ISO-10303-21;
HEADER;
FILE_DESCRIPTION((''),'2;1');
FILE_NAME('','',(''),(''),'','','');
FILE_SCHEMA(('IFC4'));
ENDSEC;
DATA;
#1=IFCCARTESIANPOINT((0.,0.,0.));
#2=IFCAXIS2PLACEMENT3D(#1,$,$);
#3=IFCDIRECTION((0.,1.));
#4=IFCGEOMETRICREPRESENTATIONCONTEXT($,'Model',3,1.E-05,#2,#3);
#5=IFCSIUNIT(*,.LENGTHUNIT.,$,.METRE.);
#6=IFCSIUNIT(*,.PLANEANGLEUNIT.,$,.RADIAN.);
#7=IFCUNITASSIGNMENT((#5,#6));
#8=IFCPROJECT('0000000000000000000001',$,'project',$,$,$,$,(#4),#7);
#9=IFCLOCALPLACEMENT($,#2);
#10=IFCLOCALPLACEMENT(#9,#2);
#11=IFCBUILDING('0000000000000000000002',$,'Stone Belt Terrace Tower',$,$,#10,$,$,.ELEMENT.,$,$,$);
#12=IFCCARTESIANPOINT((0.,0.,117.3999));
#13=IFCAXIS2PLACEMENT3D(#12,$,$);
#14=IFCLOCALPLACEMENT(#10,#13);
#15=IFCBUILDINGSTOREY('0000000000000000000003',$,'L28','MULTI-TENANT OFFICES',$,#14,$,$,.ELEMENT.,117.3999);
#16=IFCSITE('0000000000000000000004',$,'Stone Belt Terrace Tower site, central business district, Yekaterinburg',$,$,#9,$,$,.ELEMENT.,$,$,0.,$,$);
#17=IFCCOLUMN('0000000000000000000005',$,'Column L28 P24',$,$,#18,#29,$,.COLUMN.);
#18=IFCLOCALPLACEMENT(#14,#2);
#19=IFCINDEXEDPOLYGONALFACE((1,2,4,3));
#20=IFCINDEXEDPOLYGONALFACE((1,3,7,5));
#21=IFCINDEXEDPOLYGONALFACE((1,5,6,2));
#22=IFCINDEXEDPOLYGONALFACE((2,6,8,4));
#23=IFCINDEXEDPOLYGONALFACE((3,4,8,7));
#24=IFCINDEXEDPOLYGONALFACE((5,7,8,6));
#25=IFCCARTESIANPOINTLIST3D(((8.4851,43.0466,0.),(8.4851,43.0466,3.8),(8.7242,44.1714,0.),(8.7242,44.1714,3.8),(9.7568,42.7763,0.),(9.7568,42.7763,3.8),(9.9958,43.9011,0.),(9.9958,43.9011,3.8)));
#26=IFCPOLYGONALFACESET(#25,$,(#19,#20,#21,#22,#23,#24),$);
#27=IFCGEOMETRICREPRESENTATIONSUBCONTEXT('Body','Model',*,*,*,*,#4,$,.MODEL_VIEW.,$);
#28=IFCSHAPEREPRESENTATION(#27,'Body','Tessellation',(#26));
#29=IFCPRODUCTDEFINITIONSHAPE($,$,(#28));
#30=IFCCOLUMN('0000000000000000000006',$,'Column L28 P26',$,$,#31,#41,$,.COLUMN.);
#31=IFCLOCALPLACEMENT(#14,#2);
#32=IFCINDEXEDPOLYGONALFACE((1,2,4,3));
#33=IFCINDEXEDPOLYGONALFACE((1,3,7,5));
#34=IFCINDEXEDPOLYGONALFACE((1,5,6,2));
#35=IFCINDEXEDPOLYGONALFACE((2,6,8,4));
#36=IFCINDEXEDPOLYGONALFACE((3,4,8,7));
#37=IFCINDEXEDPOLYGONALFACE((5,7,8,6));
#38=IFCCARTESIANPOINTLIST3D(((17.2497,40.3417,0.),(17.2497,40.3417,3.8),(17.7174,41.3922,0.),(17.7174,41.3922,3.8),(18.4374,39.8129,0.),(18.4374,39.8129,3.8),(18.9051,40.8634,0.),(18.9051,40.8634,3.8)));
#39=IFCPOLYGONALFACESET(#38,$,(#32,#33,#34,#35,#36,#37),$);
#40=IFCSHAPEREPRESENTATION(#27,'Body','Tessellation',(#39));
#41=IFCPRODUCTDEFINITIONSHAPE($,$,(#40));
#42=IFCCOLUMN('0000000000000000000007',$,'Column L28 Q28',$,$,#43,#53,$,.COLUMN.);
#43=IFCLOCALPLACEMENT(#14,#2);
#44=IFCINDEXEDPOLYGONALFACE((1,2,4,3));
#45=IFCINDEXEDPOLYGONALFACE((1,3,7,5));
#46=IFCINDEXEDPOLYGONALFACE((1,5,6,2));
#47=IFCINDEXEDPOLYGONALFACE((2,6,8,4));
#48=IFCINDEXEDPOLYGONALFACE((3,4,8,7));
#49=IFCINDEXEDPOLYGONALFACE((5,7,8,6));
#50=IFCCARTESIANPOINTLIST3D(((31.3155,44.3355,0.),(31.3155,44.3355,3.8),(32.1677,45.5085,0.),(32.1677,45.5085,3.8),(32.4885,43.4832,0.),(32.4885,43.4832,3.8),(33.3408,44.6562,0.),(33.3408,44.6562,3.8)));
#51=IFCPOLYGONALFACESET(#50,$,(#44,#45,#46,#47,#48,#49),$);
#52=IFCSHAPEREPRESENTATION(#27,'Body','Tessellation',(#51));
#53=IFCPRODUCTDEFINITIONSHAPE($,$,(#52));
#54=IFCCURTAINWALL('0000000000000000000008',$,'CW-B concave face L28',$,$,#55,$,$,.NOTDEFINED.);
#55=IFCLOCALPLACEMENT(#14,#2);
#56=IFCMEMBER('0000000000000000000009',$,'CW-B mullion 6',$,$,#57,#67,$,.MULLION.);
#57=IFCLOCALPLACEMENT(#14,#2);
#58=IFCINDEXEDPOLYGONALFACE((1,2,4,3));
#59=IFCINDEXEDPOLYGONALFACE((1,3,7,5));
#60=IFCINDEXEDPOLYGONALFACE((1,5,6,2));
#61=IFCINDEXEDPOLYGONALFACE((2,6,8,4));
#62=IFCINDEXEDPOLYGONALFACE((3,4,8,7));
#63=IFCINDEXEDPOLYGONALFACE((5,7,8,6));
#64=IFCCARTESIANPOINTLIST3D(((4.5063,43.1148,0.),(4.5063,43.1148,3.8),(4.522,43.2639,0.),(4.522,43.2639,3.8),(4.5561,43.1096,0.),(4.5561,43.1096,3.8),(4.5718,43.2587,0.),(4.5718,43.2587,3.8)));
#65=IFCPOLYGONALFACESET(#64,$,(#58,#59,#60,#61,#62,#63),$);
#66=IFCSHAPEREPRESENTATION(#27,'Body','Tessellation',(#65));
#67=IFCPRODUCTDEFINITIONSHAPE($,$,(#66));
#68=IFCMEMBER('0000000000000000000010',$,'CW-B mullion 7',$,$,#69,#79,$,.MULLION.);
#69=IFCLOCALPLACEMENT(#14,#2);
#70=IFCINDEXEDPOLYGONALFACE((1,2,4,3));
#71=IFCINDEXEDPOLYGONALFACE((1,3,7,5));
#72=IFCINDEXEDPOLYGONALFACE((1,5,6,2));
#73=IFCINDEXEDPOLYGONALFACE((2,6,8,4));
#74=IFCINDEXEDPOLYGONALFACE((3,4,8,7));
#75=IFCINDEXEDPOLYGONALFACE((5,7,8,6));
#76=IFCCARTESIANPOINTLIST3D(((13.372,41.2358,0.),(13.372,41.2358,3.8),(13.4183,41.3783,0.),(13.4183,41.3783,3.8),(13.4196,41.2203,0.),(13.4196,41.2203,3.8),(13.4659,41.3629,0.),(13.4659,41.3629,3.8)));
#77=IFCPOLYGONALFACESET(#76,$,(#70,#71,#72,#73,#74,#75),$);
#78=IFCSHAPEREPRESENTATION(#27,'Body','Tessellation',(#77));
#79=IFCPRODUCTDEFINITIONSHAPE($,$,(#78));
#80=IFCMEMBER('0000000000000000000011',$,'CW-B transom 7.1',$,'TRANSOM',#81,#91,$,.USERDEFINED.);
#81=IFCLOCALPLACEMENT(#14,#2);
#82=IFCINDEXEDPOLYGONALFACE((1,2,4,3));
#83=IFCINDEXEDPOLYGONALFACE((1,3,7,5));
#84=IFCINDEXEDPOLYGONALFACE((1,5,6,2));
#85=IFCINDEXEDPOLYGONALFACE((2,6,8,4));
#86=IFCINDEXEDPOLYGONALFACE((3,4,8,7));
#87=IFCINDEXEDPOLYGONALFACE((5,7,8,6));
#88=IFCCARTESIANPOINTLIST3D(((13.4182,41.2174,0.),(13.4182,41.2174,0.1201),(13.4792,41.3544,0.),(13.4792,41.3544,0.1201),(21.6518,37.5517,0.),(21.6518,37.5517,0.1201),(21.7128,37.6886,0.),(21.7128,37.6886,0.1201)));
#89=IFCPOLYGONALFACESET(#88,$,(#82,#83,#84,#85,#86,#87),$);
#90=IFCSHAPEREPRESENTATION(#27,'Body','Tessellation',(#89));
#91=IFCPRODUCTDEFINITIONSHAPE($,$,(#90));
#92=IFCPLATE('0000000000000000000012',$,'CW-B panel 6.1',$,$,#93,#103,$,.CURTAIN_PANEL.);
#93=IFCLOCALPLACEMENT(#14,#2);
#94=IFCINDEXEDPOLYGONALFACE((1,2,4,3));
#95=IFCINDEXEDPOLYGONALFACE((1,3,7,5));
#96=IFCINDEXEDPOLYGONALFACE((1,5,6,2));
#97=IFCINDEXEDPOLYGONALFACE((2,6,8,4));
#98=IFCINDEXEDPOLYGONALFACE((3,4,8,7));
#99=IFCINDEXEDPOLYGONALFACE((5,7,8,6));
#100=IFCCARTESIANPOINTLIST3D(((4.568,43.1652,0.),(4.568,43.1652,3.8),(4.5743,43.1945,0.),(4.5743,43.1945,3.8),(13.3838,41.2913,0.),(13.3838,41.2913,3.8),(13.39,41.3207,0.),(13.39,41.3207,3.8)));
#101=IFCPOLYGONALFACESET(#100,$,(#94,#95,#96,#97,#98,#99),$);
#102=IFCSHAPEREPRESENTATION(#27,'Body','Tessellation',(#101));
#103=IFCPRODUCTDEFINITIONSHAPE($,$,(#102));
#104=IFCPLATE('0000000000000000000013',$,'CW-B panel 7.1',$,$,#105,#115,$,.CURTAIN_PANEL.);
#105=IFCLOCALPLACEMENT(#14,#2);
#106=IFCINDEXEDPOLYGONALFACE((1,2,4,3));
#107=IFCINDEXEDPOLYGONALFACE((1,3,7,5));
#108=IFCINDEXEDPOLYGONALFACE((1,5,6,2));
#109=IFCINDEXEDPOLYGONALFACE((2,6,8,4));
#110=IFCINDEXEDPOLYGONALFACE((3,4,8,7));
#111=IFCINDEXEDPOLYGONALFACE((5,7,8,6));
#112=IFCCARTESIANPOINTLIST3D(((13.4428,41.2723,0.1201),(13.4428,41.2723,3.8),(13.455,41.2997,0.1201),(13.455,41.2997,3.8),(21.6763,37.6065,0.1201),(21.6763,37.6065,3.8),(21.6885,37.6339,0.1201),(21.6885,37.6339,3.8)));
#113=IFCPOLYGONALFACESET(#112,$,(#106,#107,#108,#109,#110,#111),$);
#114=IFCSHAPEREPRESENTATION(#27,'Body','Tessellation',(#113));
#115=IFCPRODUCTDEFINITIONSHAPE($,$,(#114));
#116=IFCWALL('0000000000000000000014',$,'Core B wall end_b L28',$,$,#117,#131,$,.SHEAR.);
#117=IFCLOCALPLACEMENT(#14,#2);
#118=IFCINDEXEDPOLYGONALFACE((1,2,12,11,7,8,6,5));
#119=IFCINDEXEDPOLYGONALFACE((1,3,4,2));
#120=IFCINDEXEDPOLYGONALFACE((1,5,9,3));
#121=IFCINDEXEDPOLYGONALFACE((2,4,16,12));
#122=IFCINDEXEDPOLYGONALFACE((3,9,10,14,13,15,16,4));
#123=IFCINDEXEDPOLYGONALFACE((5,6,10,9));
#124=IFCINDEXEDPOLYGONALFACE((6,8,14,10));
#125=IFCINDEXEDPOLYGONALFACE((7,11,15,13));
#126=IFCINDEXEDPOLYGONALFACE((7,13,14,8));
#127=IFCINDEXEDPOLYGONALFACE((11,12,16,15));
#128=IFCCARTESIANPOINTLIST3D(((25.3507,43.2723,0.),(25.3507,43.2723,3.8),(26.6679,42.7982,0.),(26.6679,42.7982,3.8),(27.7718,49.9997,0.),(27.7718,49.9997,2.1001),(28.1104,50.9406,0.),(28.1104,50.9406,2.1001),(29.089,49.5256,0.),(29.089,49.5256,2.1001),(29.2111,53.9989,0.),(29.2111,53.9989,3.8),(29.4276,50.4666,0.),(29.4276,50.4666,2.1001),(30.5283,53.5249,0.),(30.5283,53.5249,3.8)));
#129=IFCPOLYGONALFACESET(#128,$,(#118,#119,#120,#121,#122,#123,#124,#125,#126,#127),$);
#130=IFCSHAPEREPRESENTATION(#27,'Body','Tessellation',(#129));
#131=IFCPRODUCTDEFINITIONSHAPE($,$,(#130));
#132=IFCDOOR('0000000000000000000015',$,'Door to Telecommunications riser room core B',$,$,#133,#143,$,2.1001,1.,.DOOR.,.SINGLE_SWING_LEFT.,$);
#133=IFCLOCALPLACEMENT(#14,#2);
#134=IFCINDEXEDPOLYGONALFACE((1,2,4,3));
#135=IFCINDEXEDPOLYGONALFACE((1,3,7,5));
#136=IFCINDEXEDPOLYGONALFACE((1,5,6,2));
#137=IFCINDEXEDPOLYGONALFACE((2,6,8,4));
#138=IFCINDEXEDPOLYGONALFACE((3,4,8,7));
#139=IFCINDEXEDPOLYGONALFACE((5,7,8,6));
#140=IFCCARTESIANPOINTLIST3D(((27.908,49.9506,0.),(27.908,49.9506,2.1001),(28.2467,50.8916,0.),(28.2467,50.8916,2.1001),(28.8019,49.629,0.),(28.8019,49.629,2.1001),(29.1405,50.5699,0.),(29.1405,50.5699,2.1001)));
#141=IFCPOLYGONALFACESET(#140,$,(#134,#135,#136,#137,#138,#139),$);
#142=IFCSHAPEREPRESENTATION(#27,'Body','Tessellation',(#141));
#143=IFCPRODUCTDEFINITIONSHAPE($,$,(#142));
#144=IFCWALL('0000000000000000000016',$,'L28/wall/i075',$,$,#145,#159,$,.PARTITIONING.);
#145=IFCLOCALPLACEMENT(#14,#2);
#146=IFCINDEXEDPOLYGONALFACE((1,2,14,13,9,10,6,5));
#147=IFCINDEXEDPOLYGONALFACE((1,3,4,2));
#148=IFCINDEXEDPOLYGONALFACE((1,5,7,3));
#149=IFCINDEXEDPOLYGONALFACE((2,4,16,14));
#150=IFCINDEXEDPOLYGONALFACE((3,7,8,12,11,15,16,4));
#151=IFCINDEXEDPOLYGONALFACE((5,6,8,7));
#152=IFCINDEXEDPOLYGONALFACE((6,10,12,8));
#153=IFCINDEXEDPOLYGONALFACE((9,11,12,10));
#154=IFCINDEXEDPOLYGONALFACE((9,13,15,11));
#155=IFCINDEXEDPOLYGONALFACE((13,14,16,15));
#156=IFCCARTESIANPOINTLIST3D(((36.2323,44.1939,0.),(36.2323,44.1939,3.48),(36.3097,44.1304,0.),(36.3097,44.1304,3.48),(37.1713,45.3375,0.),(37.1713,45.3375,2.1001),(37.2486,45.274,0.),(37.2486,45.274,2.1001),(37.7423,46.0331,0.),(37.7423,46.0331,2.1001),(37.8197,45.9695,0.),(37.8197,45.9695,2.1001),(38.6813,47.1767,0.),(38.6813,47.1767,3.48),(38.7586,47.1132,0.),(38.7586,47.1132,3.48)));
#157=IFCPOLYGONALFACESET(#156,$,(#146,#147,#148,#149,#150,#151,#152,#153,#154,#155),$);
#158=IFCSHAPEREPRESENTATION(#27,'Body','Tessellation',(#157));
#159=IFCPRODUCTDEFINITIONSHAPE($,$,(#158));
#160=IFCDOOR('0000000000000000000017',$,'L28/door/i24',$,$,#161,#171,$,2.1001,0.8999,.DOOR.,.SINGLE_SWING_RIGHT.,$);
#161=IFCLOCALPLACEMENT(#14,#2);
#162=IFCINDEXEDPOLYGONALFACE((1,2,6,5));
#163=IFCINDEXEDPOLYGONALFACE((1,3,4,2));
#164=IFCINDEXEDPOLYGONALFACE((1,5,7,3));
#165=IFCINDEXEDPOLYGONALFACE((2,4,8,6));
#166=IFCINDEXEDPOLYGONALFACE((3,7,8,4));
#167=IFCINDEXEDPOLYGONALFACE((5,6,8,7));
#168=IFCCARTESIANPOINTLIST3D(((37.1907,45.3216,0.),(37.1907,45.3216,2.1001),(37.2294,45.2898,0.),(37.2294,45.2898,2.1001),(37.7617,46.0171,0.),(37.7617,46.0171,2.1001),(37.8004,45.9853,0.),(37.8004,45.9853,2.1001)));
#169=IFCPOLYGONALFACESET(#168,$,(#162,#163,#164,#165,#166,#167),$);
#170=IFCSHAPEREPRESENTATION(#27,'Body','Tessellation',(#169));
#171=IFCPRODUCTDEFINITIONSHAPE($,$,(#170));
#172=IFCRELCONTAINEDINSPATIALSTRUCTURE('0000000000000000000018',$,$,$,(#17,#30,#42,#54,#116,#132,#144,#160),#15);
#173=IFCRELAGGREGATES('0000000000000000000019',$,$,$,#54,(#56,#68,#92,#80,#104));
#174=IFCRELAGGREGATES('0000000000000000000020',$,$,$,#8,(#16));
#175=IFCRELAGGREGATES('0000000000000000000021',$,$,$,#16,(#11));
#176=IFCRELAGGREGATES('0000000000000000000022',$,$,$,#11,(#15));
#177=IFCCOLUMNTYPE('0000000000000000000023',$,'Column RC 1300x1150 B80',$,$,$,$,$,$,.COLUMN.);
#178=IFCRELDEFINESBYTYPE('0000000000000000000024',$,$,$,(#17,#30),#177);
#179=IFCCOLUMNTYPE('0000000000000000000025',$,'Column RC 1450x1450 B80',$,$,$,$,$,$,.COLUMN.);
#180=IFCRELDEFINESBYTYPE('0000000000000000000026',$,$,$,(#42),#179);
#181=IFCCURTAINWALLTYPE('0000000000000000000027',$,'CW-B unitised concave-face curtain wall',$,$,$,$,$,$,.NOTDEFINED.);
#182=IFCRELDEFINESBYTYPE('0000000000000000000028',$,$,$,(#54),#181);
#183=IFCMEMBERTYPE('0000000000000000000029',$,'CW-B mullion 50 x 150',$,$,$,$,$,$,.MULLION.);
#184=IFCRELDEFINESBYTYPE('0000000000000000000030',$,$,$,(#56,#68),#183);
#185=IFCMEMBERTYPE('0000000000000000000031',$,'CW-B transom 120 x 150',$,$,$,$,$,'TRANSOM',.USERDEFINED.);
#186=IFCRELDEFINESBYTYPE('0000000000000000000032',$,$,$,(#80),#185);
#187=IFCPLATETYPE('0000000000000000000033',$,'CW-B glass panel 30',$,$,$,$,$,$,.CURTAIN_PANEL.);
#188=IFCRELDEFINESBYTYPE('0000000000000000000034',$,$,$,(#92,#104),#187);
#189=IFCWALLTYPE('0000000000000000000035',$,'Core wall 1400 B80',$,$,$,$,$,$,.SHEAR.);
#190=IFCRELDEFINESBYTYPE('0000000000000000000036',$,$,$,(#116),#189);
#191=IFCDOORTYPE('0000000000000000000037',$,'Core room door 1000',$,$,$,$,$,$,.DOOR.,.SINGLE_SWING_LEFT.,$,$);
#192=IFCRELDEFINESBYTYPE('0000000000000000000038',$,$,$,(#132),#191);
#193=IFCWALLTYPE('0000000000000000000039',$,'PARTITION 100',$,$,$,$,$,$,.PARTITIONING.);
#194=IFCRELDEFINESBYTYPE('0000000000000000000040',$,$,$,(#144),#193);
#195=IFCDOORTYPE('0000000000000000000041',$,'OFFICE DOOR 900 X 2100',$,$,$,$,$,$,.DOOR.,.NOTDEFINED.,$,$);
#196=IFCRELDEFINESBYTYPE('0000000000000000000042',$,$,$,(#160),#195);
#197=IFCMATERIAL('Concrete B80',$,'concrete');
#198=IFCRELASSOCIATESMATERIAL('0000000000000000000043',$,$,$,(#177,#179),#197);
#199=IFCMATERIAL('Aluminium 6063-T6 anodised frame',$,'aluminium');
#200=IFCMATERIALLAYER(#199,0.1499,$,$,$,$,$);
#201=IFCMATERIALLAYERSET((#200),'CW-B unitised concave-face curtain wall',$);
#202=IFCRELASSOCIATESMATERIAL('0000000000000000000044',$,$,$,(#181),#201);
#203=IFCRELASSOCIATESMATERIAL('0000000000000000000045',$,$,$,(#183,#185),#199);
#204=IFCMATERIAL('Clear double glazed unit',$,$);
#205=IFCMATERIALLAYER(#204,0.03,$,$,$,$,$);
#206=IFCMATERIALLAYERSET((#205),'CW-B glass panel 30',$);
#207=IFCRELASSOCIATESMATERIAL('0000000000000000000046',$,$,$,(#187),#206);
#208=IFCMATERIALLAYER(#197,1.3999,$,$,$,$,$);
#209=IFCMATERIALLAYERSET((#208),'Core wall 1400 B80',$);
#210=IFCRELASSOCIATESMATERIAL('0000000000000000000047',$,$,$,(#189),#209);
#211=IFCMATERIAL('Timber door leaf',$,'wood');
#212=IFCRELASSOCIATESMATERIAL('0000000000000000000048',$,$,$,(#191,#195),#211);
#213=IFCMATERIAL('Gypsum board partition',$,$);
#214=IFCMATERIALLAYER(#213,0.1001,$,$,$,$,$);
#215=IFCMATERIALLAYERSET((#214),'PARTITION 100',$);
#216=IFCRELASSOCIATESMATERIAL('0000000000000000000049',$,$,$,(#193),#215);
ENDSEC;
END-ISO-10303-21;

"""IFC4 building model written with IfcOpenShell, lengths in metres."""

from ifc_helpers import new_model, si_unit, direction, frame, frame_2d, origin, origin_2d, place, context, subcontext, project, spatial, rectangle, extrude, material, layer, layer_set, material_profile, profile_set, type_object, element, fill, aggregate, save


model = new_model("IFC4")

# Units and contexts
model_context = context("Model", 3, precision=1e-05, world=origin(), true_north=direction((0.0, 1.0)))
body_context = subcontext(model_context, "Body", "Model", "MODEL_VIEW")
ifc_project = project(units=[si_unit("LENGTHUNIT", "METRE"), si_unit("PLANEANGLEUNIT", "RADIAN")], contexts=[model_context])

# Site, building, storey
site_placement = place(None, origin())
site = spatial("IfcSite", under=ifc_project, at=site_placement, Name="Stone Belt Terrace Tower site, central business district, Yekaterinburg", CompositionType="ELEMENT", RefElevation=0.0)
building_placement = place(site_placement, origin())
building = spatial("IfcBuilding", under=site, at=building_placement, Name="Stone Belt Terrace Tower", CompositionType="ELEMENT")
storey_placement = place(building_placement, frame((0.0, 0.0, 117.3999)))
storey = spatial("IfcBuildingStorey", under=building, at=storey_placement, Name="L28", Description="MULTI-TENANT OFFICES", CompositionType="ELEMENT", Elevation=117.3999)

# Columns
ifc_material_1 = material(Name="Concrete B80", Category="concrete")
ifc_material_profile_1 = material_profile(ifc_material_1, rectangle(XDim=1.3, YDim=1.1499, at=origin_2d()), Name="RC 1300x1150")
ifc_profile_set_1 = profile_set([ifc_material_profile_1], Name="Concrete B80")
column_type_1 = type_object("IfcColumnType", Name="Column RC 1300x1150 B80", PredefinedType="COLUMN", material=ifc_profile_set_1)
for number, where, z_axis, x_axis, name in (
    (1, (9.2405, 43.4739, 0.0), (0.0, 0.0, 1.0), (0.978148, -0.207912, 0.0), "Column L28 P24"),
    (2, (18.0774, 40.6025, 0.0), (0.0, 0.0, 1.0), (0.913545, -0.406737, 0.0), "Column L28 P26"),
):
    element("IfcColumn", number, at=place(storey_placement, frame(where, z_axis=z_axis, x_axis=x_axis)), inside=storey, type_object=column_type_1, Name=name, PredefinedType="COLUMN", context=body_context, shape_type="SweptSolid", body=[
        extrude(rectangle(XDim=1.3, YDim=1.1499, at=origin_2d()), origin(), (0.0, 0.0, 1.0), 3.8),
    ])
ifc_material_profile_2 = material_profile(ifc_material_1, rectangle(XDim=1.45, YDim=1.45, at=origin_2d()), Name="RC 1450x1450")
ifc_profile_set_2 = profile_set([ifc_material_profile_2], Name="Concrete B80")
column_type_2 = type_object("IfcColumnType", Name="Column RC 1450x1450 B80", PredefinedType="COLUMN", material=ifc_profile_set_2)
column_placement = place(storey_placement, frame((32.3281, 44.4958, 0.0), z_axis=(0.0, 0.0, 1.0), x_axis=(0.809017, -0.587785, 0.0)))
element("IfcColumn", 3, at=column_placement, inside=storey, type_object=column_type_2, Name="Column L28 Q28", PredefinedType="COLUMN", context=body_context, shape_type="SweptSolid", body=[
    extrude(rectangle(XDim=1.45, YDim=1.45, at=origin_2d()), origin(), (0.0, 0.0, 1.0), 3.8),
])

# Curtain wall, members, plates
ifc_material_2 = material(Name="Aluminium 6063-T6 anodised frame", Category="aluminium")
ifc_layer_1 = layer(ifc_material_2, 0.1499)
ifc_layer_set_1 = layer_set([ifc_layer_1], Name="CW-B unitised concave-face curtain wall")
curtain_wall_type = type_object("IfcCurtainWallType", Name="CW-B unitised concave-face curtain wall", PredefinedType="NOTDEFINED", material=ifc_layer_set_1)
curtain_wall_placement = place(storey_placement, origin())
curtain_wall = element("IfcCurtainWall", 4, at=curtain_wall_placement, inside=storey, type_object=curtain_wall_type, Name="CW-B concave face L28", PredefinedType="NOTDEFINED")
ifc_material_profile_3 = material_profile(ifc_material_2, rectangle(XDim=0.1499, YDim=0.05, at=origin_2d()), Name="Aluminium 6063-T6 50x150")
ifc_profile_set_3 = profile_set([ifc_material_profile_3], Name="Aluminium 6063-T6 anodised frame")
member_type_1 = type_object("IfcMemberType", Name="CW-B mullion 50 x 150", PredefinedType="MULLION", material=ifc_profile_set_3)
member_1_placement = place(storey_placement, frame((4.5391, 43.1868, 0.0), z_axis=(0.0, 0.0, 1.0), x_axis=(0.104528, 0.994522, 0.0)))
member_1 = element("IfcMember", 5, at=member_1_placement, type_object=member_type_1, Name="CW-B mullion 6", PredefinedType="MULLION", context=body_context, shape_type="SweptSolid", body=[
    extrude(rectangle(XDim=0.1499, YDim=0.05, at=origin_2d()), origin(), (0.0, 0.0, 1.0), 3.8),
])
member_2_placement = place(storey_placement, frame((13.4189, 41.2993, 0.0), z_axis=(0.0, 0.0, 1.0), x_axis=(0.309017, 0.951057, 0.0)))
member_2 = element("IfcMember", 6, at=member_2_placement, type_object=member_type_1, Name="CW-B mullion 7", PredefinedType="MULLION", context=body_context, shape_type="SweptSolid", body=[
    extrude(rectangle(XDim=0.1499, YDim=0.05, at=origin_2d()), origin(), (0.0, 0.0, 1.0), 3.8),
])
ifc_material_profile_4 = material_profile(ifc_material_2, rectangle(XDim=0.1499, YDim=0.1201, at=origin_2d()), Name="Aluminium 6063-T6 150x120")
ifc_profile_set_4 = profile_set([ifc_material_profile_4], Name="Aluminium 6063-T6 anodised frame")
member_type_2 = type_object("IfcMemberType", Name="CW-B transom 120 x 150", ElementType="TRANSOM", PredefinedType="USERDEFINED", material=ifc_profile_set_4)
member_3_placement = place(storey_placement, frame((13.4487, 41.2859, 0.0601), z_axis=(0.913549, -0.406729, 0.0), x_axis=(0.406729, 0.913549, 0.0)))
member_3 = element("IfcMember", 7, at=member_3_placement, type_object=member_type_2, Name="CW-B transom 7.1", ObjectType="TRANSOM", PredefinedType="USERDEFINED", context=body_context, shape_type="SweptSolid", body=[
    extrude(rectangle(XDim=0.1499, YDim=0.1201, at=origin_2d()), origin(), (0.0, 0.0, 1.0), 9.0127),
])
ifc_material_3 = material(Name="Clear double glazed unit")
ifc_layer_2 = layer(ifc_material_3, 0.03)
ifc_layer_set_2 = layer_set([ifc_layer_2], Name="CW-B glass panel 30")
plate_type = type_object("IfcPlateType", Name="CW-B glass panel 30", PredefinedType="CURTAIN_PANEL", material=ifc_layer_set_2)
plate_1_placement = place(storey_placement, frame((8.979, 42.2429, 0.0), z_axis=(0.0, 0.0, 1.0), x_axis=(0.978148, -0.207912, 0.0)))
plate_1 = element("IfcPlate", 8, at=plate_1_placement, type_object=plate_type, Name="CW-B panel 6.1", PredefinedType="CURTAIN_PANEL", context=body_context, shape_type="SweptSolid", body=[
    extrude(rectangle(XDim=9.0127, YDim=0.03, at=origin_2d()), origin(), (0.0, 0.0, 1.0), 3.8),
])
plate_2_placement = place(storey_placement, frame((17.5657, 39.4531, 0.1201), z_axis=(0.0, 0.0, 1.0), x_axis=(0.913545, -0.406737, 0.0)))
plate_2 = element("IfcPlate", 9, at=plate_2_placement, type_object=plate_type, Name="CW-B panel 7.1", PredefinedType="CURTAIN_PANEL", context=body_context, shape_type="SweptSolid", body=[
    extrude(rectangle(XDim=9.0127, YDim=0.03, at=origin_2d()), origin(), (0.0, 0.0, 1.0), 3.6799),
])
aggregate(curtain_wall, [member_1, member_2, plate_1, member_3, plate_2])

# Walls, openings, doors
ifc_layer_3 = layer(ifc_material_1, 1.3999)
ifc_layer_set_3 = layer_set([ifc_layer_3], Name="Core wall 1400 B80")
wall_type_1 = type_object("IfcWallType", Name="Core wall 1400 B80", PredefinedType="SHEAR", material=ifc_layer_set_3)
wall_1_placement = place(storey_placement, frame((26.0093, 43.0352, 0.0), z_axis=(0.0, 0.0, 1.0), x_axis=(0.338625, 0.940921, 0.0)))
wall_1 = element("IfcWall", 10, at=wall_1_placement, inside=storey, type_object=wall_type_1, Name="Core B wall end_b L28", PredefinedType="SHEAR", context=body_context, shape_type="SweptSolid", body=[
    extrude(rectangle(XDim=11.4001, YDim=1.3999, at=frame_2d((5.7002, 0.0))), origin(), (0.0, 0.0, 1.0), 3.8),
])
opening_1_placement = place(wall_1_placement, frame((7.1499, 0.0, 0.0)))
opening_1 = element("IfcOpeningElement", 11, at=opening_1_placement, cuts=wall_1, PredefinedType="OPENING", context=body_context, shape_type="SweptSolid", body=[
    extrude(rectangle(XDim=1.0, YDim=2.1001, at=frame_2d((0.5, 1.05))), frame((0.0, 0.71, 0.0), z_axis=(0.0, -1.0, 0.0), x_axis=(1.0, 0.0, 0.0)), (0.0, 0.0, 1.0), 1.4199),
])
ifc_material_4 = material(Name="Timber door leaf", Category="wood")
door_type_1 = type_object("IfcDoorType", Name="Core room door 1000", OperationType="SINGLE_SWING_LEFT", PredefinedType="DOOR", material=ifc_material_4)
door_1_placement = place(opening_1_placement, origin())
door_1 = element("IfcDoor", 12, at=door_1_placement, inside=storey, type_object=door_type_1, Name="Door to Telecommunications riser room core B", OperationType="SINGLE_SWING_LEFT", OverallHeight=2.1001, OverallWidth=1.0, PredefinedType="DOOR", context=body_context, shape_type="SweptSolid", body=[
    extrude(rectangle(XDim=1.0, YDim=2.1001, at=frame_2d((0.5, 1.05))), frame((0.0, 0.5552, 0.0), z_axis=(0.0, -1.0, 0.0), x_axis=(1.0, 0.0, 0.0)), (0.0, 0.0, 1.0), 0.95),
])
fill(opening_1, door_1)
ifc_material_5 = material(Name="Gypsum board partition")
ifc_layer_4 = layer(ifc_material_5, 0.1001)
ifc_layer_set_4 = layer_set([ifc_layer_4], Name="PARTITION 100")
wall_type_2 = type_object("IfcWallType", Name="PARTITION 100", PredefinedType="PARTITIONING", material=ifc_layer_set_4)
wall_2_placement = place(storey_placement, frame((36.271, 44.1621, 0.0), z_axis=(0.0, 0.0, 1.0), x_axis=(0.634542, 0.772888, 0.0)))
wall_2 = element("IfcWall", 13, at=wall_2_placement, inside=storey, type_object=wall_type_2, Name="L28/wall/i075", PredefinedType="PARTITIONING", context=body_context, shape_type="SweptSolid", body=[
    extrude(rectangle(XDim=3.8594, YDim=0.1001, at=frame_2d((1.9297, 0.0))), origin(), (0.0, 0.0, 1.0), 3.48),
])
opening_2_placement = place(wall_2_placement, frame((1.4797, 0.0, 0.0)))
opening_2 = element("IfcOpeningElement", 14, at=opening_2_placement, cuts=wall_2, PredefinedType="OPENING", context=body_context, shape_type="SweptSolid", body=[
    extrude(rectangle(XDim=0.8999, YDim=2.1001, at=frame_2d((0.45, 1.05))), frame((0.0, 0.0601, 0.0), z_axis=(0.0, -1.0, 0.0), x_axis=(1.0, 0.0, 0.0)), (0.0, 0.0, 1.0), 0.1201),
])
door_type_2 = type_object("IfcDoorType", Name="OFFICE DOOR 900 X 2100", OperationType="NOTDEFINED", PredefinedType="DOOR", material=ifc_material_4)
door_2_placement = place(opening_2_placement, origin())
door_2 = element("IfcDoor", 15, at=door_2_placement, inside=storey, type_object=door_type_2, Name="L28/door/i24", OperationType="SINGLE_SWING_RIGHT", OverallHeight=2.1001, OverallWidth=0.8999, PredefinedType="DOOR", context=body_context, shape_type="SweptSolid", body=[
    extrude(rectangle(XDim=0.8999, YDim=2.1001, at=frame_2d((0.45, 1.05))), frame((0.0, 0.0249, 0.0), z_axis=(0.0, -1.0, 0.0), x_axis=(1.0, 0.0, 0.0)), (0.0, 0.0, 1.0), 0.05),
])
fill(opening_2, door_2)

save(model, "model.ifc")
